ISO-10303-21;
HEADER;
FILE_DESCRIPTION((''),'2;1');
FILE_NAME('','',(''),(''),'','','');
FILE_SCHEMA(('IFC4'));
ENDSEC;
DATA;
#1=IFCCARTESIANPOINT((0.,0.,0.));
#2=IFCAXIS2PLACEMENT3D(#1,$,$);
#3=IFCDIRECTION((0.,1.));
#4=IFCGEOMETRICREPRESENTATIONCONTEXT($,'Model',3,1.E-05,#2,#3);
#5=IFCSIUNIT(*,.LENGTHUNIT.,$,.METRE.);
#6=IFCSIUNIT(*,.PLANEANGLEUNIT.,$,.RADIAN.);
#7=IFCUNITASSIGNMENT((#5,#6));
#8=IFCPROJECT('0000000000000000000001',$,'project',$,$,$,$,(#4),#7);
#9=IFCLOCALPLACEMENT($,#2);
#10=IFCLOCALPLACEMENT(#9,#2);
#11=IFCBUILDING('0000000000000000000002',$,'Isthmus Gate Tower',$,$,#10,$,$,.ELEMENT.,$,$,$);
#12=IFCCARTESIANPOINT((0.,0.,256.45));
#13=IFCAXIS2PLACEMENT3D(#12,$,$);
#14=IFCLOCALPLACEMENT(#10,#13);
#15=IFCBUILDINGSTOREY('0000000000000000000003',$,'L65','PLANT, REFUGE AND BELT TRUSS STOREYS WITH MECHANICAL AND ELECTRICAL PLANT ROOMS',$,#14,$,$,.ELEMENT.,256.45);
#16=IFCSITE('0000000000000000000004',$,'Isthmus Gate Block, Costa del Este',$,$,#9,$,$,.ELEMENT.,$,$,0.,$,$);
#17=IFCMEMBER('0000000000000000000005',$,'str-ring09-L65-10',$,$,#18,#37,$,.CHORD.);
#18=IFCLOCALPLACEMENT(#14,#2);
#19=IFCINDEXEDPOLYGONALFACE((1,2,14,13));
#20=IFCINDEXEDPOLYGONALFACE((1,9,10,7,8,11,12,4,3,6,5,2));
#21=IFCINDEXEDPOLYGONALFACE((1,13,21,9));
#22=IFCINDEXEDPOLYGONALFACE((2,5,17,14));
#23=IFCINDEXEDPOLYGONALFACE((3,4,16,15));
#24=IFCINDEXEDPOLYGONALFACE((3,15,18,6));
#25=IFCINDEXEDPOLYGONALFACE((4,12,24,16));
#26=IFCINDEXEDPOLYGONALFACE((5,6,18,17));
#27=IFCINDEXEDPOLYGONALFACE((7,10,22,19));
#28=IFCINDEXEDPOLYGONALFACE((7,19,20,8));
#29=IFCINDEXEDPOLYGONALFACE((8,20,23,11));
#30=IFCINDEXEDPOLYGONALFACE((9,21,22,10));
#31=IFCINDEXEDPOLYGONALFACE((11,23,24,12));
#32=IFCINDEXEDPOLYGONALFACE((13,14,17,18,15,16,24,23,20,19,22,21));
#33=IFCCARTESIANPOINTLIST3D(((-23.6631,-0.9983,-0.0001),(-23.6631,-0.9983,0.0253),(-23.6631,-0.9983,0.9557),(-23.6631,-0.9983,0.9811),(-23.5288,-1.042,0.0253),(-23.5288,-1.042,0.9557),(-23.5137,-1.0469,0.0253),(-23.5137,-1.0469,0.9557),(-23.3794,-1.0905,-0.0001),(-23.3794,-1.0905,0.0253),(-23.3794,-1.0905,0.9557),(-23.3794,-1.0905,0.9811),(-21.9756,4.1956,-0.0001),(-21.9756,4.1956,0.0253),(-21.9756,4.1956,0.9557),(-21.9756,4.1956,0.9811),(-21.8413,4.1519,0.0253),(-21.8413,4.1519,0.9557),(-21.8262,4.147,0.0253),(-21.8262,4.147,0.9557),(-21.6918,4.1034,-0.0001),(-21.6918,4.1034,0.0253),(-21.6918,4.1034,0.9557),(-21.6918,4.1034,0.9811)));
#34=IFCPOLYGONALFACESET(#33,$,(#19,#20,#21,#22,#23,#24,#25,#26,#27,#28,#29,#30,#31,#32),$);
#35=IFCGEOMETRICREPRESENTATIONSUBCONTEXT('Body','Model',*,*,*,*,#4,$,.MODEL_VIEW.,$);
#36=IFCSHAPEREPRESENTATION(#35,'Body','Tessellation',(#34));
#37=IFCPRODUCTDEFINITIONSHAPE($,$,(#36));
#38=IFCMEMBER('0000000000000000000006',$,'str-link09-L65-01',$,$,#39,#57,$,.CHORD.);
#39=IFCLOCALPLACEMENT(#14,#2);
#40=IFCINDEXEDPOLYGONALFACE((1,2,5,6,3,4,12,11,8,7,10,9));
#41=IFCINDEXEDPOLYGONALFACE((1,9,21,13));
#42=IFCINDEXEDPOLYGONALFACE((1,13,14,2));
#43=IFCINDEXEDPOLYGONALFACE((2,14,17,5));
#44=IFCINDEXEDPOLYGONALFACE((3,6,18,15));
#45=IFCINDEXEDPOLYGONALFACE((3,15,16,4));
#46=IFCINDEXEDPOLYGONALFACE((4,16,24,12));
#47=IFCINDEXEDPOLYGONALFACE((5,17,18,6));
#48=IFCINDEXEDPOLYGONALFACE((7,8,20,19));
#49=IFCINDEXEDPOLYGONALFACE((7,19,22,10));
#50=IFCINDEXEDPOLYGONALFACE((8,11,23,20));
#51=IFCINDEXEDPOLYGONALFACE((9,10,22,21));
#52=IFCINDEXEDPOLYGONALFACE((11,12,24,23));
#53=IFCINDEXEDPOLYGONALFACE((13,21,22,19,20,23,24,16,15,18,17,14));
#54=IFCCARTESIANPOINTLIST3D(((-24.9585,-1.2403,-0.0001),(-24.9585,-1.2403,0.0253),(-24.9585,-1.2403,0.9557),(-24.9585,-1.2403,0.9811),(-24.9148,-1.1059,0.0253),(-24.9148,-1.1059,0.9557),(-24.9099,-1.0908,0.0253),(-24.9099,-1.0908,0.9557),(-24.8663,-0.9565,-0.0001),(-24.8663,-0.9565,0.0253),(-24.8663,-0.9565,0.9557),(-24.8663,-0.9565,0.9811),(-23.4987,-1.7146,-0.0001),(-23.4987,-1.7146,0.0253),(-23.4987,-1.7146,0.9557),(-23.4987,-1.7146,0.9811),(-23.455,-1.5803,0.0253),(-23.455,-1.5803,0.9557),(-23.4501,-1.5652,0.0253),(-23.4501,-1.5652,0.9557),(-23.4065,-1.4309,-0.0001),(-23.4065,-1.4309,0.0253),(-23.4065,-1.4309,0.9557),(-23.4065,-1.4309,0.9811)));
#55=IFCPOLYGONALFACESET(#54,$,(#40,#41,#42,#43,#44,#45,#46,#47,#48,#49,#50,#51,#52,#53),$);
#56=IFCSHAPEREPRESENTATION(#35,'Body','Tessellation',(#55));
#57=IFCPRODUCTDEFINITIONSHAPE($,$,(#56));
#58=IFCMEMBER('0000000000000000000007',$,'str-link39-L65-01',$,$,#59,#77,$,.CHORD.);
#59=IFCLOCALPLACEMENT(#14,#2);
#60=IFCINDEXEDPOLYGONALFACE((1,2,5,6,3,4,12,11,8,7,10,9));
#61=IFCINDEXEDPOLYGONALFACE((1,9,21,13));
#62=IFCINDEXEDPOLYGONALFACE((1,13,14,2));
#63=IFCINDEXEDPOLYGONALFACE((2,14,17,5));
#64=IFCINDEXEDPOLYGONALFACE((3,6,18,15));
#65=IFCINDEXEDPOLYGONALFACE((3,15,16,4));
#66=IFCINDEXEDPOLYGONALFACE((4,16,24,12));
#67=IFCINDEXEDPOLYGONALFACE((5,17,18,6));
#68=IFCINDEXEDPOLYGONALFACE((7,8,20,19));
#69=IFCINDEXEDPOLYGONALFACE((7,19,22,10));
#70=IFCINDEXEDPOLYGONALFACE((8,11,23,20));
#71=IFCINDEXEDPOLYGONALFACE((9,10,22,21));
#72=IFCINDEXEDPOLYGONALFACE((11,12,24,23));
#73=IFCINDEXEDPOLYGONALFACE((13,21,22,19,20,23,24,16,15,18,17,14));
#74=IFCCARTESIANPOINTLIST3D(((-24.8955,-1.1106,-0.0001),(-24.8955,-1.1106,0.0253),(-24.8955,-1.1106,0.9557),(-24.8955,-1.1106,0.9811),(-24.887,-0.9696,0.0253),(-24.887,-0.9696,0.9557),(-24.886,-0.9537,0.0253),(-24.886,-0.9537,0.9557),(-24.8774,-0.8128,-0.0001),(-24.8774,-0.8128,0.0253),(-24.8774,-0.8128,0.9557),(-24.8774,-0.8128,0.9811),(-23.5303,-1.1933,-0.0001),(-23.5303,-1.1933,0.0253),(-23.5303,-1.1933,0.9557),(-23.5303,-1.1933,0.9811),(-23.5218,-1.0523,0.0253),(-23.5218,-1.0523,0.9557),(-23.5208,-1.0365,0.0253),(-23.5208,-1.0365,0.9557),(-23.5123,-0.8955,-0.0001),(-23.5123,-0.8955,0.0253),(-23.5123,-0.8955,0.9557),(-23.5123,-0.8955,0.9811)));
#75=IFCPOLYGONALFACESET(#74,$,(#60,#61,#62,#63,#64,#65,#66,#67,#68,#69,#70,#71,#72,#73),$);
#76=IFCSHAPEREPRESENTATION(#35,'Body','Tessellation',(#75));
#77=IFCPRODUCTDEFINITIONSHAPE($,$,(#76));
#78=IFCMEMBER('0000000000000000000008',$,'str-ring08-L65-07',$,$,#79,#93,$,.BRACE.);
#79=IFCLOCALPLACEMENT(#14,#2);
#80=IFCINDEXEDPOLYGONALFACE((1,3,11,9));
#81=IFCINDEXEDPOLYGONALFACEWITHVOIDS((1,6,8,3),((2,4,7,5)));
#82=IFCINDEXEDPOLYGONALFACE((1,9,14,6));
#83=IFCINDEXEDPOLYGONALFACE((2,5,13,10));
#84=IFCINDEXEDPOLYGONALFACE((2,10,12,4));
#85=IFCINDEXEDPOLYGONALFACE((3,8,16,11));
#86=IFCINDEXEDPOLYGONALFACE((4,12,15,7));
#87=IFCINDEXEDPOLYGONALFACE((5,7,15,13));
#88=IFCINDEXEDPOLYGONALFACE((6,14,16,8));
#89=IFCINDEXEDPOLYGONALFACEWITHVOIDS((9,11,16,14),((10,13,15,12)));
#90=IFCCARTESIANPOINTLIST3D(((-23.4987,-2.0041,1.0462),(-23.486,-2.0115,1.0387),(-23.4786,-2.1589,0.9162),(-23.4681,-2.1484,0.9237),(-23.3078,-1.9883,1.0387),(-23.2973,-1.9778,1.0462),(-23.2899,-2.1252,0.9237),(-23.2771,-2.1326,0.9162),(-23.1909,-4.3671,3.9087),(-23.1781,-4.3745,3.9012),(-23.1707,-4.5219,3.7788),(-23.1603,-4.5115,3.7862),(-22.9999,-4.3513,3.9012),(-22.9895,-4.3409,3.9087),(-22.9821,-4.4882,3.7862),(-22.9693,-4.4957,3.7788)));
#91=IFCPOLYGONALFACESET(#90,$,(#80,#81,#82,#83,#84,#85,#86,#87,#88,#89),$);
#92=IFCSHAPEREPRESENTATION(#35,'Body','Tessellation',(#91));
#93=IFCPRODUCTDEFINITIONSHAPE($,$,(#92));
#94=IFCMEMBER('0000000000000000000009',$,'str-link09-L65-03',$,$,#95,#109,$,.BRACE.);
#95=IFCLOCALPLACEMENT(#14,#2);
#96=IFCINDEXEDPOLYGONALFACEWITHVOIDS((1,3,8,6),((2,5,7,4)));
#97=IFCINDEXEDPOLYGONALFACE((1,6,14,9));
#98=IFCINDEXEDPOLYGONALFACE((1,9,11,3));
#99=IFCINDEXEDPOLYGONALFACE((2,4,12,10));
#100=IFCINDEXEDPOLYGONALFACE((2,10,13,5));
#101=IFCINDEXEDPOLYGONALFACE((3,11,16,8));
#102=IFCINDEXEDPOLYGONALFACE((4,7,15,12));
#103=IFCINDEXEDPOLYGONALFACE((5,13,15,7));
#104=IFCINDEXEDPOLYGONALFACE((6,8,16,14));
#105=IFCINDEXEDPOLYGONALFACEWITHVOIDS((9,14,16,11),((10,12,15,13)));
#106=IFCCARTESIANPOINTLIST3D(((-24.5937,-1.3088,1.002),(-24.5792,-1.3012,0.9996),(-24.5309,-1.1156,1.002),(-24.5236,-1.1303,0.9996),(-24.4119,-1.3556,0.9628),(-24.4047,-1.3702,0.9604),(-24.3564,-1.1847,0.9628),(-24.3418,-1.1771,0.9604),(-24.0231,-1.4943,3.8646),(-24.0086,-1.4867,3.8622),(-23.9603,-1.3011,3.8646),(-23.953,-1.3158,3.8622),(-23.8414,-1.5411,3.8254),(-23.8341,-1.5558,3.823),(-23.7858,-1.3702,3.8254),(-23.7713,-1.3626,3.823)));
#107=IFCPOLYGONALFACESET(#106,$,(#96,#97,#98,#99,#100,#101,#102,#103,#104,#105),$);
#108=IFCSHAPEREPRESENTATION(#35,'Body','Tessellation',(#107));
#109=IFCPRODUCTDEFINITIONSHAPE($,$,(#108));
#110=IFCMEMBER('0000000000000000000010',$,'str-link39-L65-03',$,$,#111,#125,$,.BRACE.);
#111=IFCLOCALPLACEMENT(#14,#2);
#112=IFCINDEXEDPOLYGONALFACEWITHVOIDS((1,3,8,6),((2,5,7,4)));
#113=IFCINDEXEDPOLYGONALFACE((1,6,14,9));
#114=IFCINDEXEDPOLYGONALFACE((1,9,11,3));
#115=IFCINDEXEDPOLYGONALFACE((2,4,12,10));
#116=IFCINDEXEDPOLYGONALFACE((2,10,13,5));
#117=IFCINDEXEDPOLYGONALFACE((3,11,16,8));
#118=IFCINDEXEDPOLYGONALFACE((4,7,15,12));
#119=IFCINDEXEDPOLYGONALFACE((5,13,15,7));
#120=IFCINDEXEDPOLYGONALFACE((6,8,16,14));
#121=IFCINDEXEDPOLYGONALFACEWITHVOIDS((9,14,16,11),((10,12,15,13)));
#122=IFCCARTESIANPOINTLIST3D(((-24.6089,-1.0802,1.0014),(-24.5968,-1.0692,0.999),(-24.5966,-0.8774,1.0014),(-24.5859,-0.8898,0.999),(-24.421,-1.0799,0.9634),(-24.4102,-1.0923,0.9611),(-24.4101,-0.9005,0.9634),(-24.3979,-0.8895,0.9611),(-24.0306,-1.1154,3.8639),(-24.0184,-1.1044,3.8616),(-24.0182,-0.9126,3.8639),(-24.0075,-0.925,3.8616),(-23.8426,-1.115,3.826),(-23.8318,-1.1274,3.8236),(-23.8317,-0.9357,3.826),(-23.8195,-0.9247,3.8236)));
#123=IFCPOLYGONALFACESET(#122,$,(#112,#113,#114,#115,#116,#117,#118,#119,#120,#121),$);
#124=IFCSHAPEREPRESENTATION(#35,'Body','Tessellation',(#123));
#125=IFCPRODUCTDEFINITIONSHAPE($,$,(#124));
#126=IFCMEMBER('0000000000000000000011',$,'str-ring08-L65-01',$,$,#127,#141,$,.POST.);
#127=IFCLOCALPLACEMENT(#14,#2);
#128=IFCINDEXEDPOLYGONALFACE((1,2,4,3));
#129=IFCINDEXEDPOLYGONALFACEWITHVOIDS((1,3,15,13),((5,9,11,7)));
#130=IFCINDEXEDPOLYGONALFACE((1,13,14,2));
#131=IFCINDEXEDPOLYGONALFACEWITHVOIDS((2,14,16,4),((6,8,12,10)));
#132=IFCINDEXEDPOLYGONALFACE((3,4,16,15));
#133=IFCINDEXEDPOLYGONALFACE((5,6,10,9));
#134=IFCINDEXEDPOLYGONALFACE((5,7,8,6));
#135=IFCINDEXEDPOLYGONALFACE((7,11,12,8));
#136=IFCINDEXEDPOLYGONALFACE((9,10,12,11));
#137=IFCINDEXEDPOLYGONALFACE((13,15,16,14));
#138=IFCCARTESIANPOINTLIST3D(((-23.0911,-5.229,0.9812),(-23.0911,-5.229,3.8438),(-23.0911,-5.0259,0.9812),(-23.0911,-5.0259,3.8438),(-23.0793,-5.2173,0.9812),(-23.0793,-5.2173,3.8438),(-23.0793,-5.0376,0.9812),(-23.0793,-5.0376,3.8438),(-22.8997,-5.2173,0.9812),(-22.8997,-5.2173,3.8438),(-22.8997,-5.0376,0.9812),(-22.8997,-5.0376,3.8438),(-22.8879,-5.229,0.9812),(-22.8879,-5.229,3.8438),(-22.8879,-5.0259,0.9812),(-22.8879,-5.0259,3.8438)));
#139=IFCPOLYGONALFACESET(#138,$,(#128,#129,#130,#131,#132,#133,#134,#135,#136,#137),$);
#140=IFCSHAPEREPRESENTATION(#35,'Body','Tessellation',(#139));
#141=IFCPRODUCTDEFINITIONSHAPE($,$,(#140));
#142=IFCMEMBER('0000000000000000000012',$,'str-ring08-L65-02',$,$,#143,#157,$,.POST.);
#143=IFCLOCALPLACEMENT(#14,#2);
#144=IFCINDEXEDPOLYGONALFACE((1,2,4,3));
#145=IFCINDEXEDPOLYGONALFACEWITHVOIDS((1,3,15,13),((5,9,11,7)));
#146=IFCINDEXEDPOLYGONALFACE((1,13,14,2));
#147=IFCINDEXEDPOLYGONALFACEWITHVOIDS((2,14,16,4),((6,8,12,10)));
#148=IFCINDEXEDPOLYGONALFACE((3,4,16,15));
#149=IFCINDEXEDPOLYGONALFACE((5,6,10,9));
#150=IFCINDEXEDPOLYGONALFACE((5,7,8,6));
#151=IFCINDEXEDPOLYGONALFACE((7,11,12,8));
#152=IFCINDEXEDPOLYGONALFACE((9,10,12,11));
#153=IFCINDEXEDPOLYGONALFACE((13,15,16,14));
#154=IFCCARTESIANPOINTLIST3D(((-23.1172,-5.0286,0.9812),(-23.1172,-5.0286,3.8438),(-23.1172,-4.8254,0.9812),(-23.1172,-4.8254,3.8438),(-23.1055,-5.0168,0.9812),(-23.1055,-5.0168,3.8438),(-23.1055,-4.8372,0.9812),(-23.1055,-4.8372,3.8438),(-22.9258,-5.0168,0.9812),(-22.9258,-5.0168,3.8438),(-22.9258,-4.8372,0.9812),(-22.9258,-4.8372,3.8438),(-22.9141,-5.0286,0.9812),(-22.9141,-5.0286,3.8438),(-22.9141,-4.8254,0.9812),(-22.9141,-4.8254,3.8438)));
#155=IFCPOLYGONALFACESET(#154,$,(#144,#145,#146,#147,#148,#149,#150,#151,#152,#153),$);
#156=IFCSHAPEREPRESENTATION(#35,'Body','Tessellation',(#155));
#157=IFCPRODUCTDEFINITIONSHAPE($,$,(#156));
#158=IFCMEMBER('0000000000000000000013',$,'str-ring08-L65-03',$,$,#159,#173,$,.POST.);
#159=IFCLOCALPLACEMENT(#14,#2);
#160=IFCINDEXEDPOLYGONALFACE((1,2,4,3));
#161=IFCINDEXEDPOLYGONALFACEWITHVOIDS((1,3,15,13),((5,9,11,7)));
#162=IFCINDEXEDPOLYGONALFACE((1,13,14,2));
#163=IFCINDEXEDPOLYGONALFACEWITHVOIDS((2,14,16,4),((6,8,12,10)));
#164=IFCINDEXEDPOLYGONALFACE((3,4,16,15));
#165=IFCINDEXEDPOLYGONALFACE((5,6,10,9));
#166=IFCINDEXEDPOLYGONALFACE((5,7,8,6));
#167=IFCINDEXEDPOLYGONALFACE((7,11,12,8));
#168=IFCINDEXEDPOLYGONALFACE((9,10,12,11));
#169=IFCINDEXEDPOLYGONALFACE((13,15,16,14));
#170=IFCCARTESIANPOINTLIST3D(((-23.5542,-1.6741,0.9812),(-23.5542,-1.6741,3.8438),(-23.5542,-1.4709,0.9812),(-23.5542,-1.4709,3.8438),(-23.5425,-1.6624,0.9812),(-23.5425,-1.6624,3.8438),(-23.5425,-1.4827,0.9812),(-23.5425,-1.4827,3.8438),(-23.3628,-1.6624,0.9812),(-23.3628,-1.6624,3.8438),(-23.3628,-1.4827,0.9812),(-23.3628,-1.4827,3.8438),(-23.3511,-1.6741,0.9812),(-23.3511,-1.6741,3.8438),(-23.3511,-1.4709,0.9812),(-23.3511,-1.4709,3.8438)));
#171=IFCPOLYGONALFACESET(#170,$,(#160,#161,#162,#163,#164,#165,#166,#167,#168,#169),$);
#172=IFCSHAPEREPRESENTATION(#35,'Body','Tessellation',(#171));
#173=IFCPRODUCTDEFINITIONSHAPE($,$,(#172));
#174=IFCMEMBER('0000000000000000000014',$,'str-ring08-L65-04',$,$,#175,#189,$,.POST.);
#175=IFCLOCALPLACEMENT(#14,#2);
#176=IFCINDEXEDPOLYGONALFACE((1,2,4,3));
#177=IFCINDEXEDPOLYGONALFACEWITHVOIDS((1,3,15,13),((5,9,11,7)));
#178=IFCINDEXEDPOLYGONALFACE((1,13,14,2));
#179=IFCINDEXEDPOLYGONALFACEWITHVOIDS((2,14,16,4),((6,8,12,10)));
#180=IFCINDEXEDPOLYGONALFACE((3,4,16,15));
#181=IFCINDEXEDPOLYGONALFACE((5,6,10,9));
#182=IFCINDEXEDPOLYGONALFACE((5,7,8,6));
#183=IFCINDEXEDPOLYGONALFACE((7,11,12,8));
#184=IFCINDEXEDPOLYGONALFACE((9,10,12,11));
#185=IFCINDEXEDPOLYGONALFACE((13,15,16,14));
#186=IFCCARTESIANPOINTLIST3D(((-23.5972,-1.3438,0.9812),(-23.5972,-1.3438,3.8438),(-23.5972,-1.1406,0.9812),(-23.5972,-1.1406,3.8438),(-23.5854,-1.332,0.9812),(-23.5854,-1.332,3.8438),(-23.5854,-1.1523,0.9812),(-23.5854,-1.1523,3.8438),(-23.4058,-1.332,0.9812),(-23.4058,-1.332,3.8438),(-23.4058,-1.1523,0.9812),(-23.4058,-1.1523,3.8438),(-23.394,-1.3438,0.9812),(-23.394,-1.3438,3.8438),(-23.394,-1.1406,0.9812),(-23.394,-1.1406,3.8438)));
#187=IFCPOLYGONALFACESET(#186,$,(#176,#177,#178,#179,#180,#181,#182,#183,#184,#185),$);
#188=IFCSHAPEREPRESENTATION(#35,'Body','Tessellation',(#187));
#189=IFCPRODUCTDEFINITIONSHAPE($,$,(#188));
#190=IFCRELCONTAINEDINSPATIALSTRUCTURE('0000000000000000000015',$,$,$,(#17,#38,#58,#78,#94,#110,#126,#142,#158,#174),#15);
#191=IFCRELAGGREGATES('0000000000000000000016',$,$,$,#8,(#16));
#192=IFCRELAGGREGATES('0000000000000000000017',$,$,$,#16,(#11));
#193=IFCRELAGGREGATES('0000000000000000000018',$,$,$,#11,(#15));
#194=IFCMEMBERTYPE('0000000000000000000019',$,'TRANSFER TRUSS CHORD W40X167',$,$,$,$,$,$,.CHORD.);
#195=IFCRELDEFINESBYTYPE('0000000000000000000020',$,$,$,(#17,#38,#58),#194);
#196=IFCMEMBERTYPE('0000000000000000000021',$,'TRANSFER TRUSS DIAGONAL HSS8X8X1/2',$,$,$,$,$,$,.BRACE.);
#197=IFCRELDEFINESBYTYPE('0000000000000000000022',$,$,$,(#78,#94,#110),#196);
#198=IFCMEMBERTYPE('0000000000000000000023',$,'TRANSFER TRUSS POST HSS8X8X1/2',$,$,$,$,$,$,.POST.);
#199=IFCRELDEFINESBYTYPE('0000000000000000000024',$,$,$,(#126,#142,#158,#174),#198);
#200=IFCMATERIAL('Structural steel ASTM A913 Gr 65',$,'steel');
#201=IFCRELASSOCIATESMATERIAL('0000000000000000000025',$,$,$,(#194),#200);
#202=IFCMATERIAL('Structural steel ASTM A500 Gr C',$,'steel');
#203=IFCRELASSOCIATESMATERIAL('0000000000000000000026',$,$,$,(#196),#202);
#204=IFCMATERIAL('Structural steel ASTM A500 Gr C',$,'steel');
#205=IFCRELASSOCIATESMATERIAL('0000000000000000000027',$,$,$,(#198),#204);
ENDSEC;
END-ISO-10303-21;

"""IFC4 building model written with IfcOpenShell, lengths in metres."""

from ifc_helpers import new_model, si_unit, direction, frame, origin, origin_2d, place, context, subcontext, project, spatial, hollow_rectangle, i_section, extrude, material, material_profile, profile_set, type_object, element, save


model = new_model("IFC4")

# Units and contexts
model_context = context("Model", 3, precision=1e-05, world=origin(), true_north=direction((0.0, 1.0)))
body_context = subcontext(model_context, "Body", "Model", "MODEL_VIEW")
ifc_project = project(units=[si_unit("LENGTHUNIT", "METRE"), si_unit("PLANEANGLEUNIT", "RADIAN")], contexts=[model_context])

# Site, building, storey
site_placement = place(None, origin())
site = spatial("IfcSite", under=ifc_project, at=site_placement, Name="Isthmus Gate Block, Costa del Este", CompositionType="ELEMENT", RefElevation=0.0)
building_placement = place(site_placement, origin())
building = spatial("IfcBuilding", under=site, at=building_placement, Name="Isthmus Gate Tower", CompositionType="ELEMENT")
storey_placement = place(building_placement, frame((0.0, 0.0, 256.45)))
storey = spatial("IfcBuildingStorey", under=building, at=storey_placement, Name="L65", Description="PLANT, REFUGE AND BELT TRUSS STOREYS WITH MECHANICAL AND ELECTRICAL PLANT ROOMS", CompositionType="ELEMENT", Elevation=256.45)

# Members
ifc_material_1 = material(Name="Structural steel ASTM A913 Gr 65", Category="steel")
ifc_material_profile_1 = material_profile(ifc_material_1, i_section(OverallWidth=0.2983, OverallDepth=0.9812, WebThickness=0.0159, FlangeThickness=0.0254, at=origin_2d()), Name="W40X167")
ifc_profile_set_1 = profile_set([ifc_material_profile_1], Name="Structural steel ASTM A913 Gr 65")
member_type_1 = type_object("IfcMemberType", Name="TRANSFER TRUSS CHORD W40X167", PredefinedType="CHORD", material=ifc_profile_set_1)
member_1_placement = place(storey_placement, frame((-23.5212, -1.0444, 0.4905), z_axis=(0.309003, 0.951061, 0.0), x_axis=(-0.951061, 0.309003, 0.0)))
element("IfcMember", 1, at=member_1_placement, inside=storey, type_object=member_type_1, Name="str-ring09-L65-10", PredefinedType="CHORD", context=body_context, shape_type="SweptSolid", body=[
    extrude(i_section(OverallWidth=0.2983, OverallDepth=0.9812, WebThickness=0.0159, FlangeThickness=0.0254, at=origin_2d()), origin(), (0.0, 0.0, 1.0), 5.4612),
])
member_2_placement = place(storey_placement, frame((-24.9124, -1.0984, 0.4905), z_axis=(0.951042, -0.309061, 0.0), x_axis=(0.309061, 0.951042, 0.0)))
element("IfcMember", 2, at=member_2_placement, inside=storey, type_object=member_type_1, Name="str-link09-L65-01", PredefinedType="CHORD", context=body_context, shape_type="SweptSolid", body=[
    extrude(i_section(OverallWidth=0.2983, OverallDepth=0.9812, WebThickness=0.0159, FlangeThickness=0.0254, at=origin_2d()), origin(), (0.0, 0.0, 1.0), 1.5349),
])
member_3_placement = place(storey_placement, frame((-24.8865, -0.9617, 0.4905), z_axis=(0.998168, -0.060511, 0.0), x_axis=(0.060511, 0.998168, 0.0)))
element("IfcMember", 3, at=member_3_placement, inside=storey, type_object=member_type_1, Name="str-link39-L65-01", PredefinedType="CHORD", context=body_context, shape_type="SweptSolid", body=[
    extrude(i_section(OverallWidth=0.2983, OverallDepth=0.9812, WebThickness=0.0159, FlangeThickness=0.0254, at=origin_2d()), origin(), (0.0, 0.0, 1.0), 1.3677),
])
ifc_material_2 = material(Name="Structural steel ASTM A500 Gr C", Category="steel")
ifc_material_profile_2 = material_profile(ifc_material_2, hollow_rectangle(XDim=0.2031, YDim=0.2031, WallThickness=0.0117, at=origin_2d()), Name="HSS8X8X1/2")
ifc_profile_set_2 = profile_set([ifc_material_profile_2], Name="Structural steel ASTM A500 Gr C")
member_type_2 = type_object("IfcMemberType", Name="TRANSFER TRUSS DIAGONAL HSS8X8X1/2", PredefinedType="BRACE", material=ifc_profile_set_2)
member_4_placement = place(storey_placement, frame((-23.3879, -2.0684, 0.9812), z_axis=(0.082655, -0.634434, 0.768545), x_axis=(0.99162, 0.12919, 0.0)))
element("IfcMember", 4, at=member_4_placement, inside=storey, type_object=member_type_2, Name="str-ring08-L65-07", PredefinedType="BRACE", context=body_context, shape_type="SweptSolid", body=[
    extrude(hollow_rectangle(XDim=0.2031, YDim=0.2031, WallThickness=0.0117, at=origin_2d()), origin(), (0.0, 0.0, 1.0), 3.7246),
])
member_5_placement = place(storey_placement, frame((-24.4678, -1.2429, 0.9812), z_axis=(0.195079, -0.06344, 0.978734), x_axis=(0.309261, 0.950977, 0.0)))
element("IfcMember", 5, at=member_5_placement, inside=storey, type_object=member_type_2, Name="str-link09-L65-03", PredefinedType="BRACE", context=body_context, shape_type="SweptSolid", body=[
    extrude(hollow_rectangle(XDim=0.2031, YDim=0.2031, WallThickness=0.0117, at=origin_2d()), origin(), (0.0, 0.0, 1.0), 2.9248),
])
member_6_placement = place(storey_placement, frame((-24.5034, -0.9849, 0.9812), z_axis=(0.198031, -0.012037, 0.980122), x_axis=(0.060673, 0.998158, 0.0)))
element("IfcMember", 6, at=member_6_placement, inside=storey, type_object=member_type_2, Name="str-link39-L65-03", PredefinedType="BRACE", context=body_context, shape_type="SweptSolid", body=[
    extrude(hollow_rectangle(XDim=0.2031, YDim=0.2031, WallThickness=0.0117, at=origin_2d()), origin(), (0.0, 0.0, 1.0), 2.9207),
])
ifc_material_3 = material(Name="Structural steel ASTM A500 Gr C", Category="steel")
ifc_material_profile_3 = material_profile(ifc_material_3, hollow_rectangle(XDim=0.2031, YDim=0.2031, WallThickness=0.0117, at=origin_2d()), Name="HSS8X8X1/2")
ifc_profile_set_3 = profile_set([ifc_material_profile_3], Name="Structural steel ASTM A500 Gr C")
member_type_3 = type_object("IfcMemberType", Name="TRANSFER TRUSS POST HSS8X8X1/2", PredefinedType="POST", material=ifc_profile_set_3)
for number, where, z_axis, x_axis, name in (
    (7, (-22.9895, -5.1274, 0.9812), (0.0, 0.0, 1.0), (1.0, 0.0, 0.0), "str-ring08-L65-01"),
    (8, (-23.0156, -4.927, 0.9812), (0.0, 0.0, 1.0), (1.0, 0.0, 0.0), "str-ring08-L65-02"),
    (9, (-23.4526, -1.5725, 0.9812), (0.0, 0.0, 1.0), (1.0, 0.0, 0.0), "str-ring08-L65-03"),
    (10, (-23.4956, -1.2422, 0.9812), (0.0, 0.0, 1.0), (1.0, 0.0, 0.0), "str-ring08-L65-04"),
):
    element("IfcMember", number, at=place(storey_placement, frame(where, z_axis=z_axis, x_axis=x_axis)), inside=storey, type_object=member_type_3, Name=name, PredefinedType="POST", context=body_context, shape_type="SweptSolid", body=[
        extrude(hollow_rectangle(XDim=0.2031, YDim=0.2031, WallThickness=0.0117, at=origin_2d()), origin(), (0.0, 0.0, 1.0), 2.8625),
    ])

save(model, "model.ifc")
